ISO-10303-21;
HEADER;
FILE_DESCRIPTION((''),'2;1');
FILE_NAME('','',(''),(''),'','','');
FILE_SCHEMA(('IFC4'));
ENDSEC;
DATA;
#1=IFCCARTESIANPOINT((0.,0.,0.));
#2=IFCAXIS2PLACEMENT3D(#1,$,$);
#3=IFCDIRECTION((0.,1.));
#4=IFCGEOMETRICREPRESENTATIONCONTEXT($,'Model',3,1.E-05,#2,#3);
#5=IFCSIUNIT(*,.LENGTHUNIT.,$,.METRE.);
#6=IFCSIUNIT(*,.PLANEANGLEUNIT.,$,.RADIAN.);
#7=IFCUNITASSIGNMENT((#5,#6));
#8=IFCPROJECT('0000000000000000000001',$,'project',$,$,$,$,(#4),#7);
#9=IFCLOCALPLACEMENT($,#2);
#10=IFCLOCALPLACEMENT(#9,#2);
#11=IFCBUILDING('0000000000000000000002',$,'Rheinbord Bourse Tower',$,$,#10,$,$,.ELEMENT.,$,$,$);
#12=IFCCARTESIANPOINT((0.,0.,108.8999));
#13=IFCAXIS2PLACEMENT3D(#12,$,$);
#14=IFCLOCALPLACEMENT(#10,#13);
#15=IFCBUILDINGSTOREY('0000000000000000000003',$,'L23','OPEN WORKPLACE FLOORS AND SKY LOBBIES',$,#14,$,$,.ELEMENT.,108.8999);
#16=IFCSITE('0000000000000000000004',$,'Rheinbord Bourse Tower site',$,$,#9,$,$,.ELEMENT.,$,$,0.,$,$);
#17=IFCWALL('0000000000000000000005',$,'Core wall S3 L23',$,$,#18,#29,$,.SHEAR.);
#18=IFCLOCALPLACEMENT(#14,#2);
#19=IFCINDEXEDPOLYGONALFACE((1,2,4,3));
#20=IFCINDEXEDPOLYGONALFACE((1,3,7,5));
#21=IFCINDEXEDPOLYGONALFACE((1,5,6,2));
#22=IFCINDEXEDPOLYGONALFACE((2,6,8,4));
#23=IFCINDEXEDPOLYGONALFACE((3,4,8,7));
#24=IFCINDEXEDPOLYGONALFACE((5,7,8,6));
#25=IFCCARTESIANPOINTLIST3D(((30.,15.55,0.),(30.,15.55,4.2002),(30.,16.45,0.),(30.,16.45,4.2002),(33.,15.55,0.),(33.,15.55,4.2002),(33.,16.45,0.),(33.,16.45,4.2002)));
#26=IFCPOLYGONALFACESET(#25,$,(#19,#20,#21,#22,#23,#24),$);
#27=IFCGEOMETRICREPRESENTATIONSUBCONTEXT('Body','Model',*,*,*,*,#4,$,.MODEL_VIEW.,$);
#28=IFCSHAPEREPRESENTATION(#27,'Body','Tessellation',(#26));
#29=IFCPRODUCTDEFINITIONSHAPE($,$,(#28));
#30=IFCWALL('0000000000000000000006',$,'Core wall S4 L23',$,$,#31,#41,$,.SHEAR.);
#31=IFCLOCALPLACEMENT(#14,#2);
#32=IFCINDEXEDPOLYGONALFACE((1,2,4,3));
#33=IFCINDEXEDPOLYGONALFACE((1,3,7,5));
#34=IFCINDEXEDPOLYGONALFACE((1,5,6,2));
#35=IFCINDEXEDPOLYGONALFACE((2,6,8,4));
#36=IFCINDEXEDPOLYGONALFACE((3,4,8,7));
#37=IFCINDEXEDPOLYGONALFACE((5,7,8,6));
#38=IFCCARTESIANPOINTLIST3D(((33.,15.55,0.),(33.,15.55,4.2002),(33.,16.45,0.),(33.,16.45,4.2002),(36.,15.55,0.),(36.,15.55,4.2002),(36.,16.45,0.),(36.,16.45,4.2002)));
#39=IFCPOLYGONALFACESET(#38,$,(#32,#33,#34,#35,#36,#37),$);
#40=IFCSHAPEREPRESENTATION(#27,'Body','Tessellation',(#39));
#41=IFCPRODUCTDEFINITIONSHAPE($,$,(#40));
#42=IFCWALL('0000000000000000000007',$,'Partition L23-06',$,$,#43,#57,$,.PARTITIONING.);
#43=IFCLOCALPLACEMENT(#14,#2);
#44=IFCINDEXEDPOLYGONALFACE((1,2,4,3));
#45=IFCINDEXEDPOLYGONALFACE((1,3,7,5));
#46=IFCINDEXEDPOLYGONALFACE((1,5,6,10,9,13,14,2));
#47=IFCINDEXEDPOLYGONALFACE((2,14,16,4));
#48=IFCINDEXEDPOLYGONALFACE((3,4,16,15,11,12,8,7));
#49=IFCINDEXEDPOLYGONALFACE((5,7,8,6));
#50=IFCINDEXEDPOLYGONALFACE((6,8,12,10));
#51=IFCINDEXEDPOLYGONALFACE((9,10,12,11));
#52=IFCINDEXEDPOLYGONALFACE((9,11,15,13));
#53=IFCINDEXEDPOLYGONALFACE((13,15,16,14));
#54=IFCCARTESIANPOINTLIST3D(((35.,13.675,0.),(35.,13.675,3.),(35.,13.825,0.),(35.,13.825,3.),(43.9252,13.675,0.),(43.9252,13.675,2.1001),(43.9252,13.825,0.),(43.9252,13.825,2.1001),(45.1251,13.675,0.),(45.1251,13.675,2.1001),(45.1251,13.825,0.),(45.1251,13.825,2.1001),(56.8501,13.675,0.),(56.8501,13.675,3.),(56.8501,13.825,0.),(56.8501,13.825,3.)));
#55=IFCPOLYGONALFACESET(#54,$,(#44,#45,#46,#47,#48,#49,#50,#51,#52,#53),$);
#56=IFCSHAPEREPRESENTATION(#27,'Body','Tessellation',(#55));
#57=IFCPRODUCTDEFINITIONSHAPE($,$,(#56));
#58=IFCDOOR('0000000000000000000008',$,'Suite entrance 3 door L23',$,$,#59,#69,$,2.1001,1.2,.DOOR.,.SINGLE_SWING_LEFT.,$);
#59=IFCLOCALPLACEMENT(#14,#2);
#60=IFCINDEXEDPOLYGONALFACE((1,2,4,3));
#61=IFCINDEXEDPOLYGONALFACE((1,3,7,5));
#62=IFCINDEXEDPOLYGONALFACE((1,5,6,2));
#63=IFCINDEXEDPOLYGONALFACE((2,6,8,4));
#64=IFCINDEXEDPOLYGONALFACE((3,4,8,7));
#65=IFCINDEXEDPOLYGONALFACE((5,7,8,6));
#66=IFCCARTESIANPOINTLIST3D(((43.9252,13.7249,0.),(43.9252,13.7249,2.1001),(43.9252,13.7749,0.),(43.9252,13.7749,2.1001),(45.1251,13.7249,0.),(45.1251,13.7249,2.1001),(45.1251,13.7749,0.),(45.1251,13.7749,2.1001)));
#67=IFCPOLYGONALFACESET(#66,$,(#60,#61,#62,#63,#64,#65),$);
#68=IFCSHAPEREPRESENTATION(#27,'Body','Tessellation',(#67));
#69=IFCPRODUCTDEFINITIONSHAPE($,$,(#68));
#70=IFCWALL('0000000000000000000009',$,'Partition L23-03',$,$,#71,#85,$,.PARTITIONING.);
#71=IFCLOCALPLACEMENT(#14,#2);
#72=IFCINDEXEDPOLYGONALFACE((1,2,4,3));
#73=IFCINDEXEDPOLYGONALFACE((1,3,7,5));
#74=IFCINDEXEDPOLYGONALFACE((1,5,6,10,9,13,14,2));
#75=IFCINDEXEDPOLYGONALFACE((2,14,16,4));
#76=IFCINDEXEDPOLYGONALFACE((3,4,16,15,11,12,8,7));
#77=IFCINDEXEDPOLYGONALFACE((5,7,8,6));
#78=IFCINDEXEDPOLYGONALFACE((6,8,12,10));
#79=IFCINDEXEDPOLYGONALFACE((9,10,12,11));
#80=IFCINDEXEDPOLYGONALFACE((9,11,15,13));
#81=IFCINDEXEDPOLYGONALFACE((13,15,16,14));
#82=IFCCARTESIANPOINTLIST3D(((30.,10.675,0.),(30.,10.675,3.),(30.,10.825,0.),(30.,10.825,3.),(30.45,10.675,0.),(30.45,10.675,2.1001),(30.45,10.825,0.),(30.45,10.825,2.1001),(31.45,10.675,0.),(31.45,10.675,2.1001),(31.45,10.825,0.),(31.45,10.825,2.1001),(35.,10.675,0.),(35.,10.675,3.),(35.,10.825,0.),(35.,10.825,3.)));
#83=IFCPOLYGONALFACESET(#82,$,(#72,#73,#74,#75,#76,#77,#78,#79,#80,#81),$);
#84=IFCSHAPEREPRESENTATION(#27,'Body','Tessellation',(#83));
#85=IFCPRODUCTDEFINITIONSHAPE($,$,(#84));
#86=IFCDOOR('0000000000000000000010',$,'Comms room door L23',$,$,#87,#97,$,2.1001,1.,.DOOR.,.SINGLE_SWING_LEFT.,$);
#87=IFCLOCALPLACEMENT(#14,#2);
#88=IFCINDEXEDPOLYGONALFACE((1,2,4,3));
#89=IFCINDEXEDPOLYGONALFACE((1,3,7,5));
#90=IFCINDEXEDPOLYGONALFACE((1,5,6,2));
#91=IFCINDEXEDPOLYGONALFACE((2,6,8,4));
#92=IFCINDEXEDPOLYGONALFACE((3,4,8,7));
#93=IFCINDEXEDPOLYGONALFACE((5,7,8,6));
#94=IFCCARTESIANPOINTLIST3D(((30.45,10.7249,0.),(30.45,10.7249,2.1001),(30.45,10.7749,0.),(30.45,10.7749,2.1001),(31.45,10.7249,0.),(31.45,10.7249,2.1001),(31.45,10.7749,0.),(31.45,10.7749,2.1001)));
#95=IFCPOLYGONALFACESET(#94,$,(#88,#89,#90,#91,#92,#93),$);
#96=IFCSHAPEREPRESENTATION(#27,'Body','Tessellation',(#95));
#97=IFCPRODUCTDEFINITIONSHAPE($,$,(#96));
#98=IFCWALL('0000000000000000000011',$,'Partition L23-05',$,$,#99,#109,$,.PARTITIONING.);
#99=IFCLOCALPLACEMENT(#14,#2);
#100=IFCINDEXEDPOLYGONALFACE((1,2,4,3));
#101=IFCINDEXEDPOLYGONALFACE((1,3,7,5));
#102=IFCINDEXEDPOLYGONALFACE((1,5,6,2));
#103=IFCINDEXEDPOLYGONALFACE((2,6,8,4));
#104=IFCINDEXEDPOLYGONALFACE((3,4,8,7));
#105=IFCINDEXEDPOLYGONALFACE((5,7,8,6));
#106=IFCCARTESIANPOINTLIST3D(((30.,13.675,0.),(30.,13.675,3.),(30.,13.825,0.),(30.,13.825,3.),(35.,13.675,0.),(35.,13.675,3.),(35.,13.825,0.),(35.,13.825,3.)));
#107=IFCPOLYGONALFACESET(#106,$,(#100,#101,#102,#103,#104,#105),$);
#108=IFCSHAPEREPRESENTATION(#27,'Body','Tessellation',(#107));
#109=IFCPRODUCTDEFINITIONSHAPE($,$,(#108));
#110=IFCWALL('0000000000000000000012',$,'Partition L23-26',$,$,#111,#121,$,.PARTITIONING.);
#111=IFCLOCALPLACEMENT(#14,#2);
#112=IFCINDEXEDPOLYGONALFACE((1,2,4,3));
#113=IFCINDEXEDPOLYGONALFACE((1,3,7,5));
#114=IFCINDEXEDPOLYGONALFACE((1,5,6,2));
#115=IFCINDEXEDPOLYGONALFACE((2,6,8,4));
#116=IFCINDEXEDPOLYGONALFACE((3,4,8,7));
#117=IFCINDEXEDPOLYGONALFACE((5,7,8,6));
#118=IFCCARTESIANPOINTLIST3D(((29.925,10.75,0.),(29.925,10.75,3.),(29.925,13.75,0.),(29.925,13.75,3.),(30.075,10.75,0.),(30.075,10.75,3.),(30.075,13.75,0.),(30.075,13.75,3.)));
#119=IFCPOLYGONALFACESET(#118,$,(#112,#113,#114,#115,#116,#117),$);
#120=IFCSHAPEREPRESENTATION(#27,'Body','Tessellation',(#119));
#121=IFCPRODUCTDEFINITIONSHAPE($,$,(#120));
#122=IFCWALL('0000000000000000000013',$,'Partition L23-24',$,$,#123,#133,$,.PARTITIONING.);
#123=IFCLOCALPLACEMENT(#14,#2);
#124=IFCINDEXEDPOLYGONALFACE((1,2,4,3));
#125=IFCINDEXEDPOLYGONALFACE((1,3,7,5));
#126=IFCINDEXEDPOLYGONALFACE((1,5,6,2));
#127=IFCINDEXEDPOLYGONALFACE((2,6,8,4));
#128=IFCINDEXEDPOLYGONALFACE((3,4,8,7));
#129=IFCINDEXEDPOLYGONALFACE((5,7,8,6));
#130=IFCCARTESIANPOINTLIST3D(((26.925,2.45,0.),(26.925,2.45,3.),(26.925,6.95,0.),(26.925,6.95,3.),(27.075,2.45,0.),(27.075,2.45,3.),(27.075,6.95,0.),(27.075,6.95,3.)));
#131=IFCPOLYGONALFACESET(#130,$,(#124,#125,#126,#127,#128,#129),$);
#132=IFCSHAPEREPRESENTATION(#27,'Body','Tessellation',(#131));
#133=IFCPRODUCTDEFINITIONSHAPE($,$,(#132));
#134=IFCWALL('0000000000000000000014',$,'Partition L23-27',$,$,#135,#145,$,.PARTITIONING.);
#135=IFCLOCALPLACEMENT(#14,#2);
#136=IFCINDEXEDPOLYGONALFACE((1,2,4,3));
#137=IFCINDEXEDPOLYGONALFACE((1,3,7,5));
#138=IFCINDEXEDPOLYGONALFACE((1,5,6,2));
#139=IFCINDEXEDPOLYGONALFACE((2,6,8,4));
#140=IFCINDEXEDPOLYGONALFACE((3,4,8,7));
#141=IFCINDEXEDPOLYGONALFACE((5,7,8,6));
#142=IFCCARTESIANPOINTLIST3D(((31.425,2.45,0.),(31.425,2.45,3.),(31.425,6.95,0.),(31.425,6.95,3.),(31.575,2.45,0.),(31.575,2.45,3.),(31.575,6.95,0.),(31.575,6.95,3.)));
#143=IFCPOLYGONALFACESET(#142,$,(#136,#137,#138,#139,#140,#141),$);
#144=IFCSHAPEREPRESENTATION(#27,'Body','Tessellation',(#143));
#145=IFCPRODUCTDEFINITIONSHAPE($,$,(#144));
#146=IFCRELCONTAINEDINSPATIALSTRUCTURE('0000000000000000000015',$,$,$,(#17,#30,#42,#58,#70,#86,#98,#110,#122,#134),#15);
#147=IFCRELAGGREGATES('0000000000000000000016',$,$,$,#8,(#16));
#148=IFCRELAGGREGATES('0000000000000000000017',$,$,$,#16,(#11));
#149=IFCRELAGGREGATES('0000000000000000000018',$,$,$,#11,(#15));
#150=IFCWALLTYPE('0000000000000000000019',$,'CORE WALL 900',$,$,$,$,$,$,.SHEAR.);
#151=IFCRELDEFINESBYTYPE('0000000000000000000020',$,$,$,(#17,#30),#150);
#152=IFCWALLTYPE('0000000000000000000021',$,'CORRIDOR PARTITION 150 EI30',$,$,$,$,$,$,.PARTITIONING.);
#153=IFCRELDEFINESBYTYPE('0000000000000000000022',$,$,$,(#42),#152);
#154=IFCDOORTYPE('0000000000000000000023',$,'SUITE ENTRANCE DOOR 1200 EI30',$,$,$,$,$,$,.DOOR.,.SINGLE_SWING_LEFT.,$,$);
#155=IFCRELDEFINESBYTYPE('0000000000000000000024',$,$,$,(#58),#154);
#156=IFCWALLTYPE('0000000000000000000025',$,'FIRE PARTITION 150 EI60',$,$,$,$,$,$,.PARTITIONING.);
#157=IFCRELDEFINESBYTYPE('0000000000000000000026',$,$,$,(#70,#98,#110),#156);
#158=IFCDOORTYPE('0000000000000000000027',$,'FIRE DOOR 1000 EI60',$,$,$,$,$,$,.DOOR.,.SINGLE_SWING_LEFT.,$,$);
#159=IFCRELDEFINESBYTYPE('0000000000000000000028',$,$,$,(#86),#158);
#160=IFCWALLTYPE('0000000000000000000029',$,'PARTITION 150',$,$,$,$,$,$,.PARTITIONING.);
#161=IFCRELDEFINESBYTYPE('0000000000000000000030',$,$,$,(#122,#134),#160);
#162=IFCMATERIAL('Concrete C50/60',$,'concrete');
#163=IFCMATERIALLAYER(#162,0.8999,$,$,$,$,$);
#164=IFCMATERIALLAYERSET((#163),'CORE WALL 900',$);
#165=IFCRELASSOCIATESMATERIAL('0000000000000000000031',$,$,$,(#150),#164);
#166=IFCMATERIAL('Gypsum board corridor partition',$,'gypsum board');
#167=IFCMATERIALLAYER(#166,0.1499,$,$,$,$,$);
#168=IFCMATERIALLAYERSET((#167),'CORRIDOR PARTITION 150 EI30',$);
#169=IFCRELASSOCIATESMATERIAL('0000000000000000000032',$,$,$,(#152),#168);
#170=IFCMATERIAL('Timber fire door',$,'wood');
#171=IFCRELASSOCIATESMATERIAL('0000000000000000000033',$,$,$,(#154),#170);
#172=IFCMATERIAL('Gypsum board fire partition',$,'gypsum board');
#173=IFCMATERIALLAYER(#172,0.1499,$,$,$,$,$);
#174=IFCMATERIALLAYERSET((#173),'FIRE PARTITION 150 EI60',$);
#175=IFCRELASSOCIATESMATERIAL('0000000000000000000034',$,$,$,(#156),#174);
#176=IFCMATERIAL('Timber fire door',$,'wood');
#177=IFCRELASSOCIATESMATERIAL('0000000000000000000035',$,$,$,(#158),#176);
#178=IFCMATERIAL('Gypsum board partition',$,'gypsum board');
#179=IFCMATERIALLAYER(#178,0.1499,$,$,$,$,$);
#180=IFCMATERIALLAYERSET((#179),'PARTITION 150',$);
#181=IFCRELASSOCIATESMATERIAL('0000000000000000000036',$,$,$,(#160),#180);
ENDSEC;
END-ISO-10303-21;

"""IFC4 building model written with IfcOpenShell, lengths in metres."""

from ifc_helpers import new_model, si_unit, direction, frame, frame_2d, origin, place, context, subcontext, project, spatial, rectangle, extrude, material, layer, layer_set, type_object, element, fill, save


model = new_model("IFC4")

# Units and contexts
model_context = context("Model", 3, precision=1e-05, world=origin(), true_north=direction((0.0, 1.0)))
body_context = subcontext(model_context, "Body", "Model", "MODEL_VIEW")
ifc_project = project(units=[si_unit("LENGTHUNIT", "METRE"), si_unit("PLANEANGLEUNIT", "RADIAN")], contexts=[model_context])

# Site, building, storey
site_placement = place(None, origin())
site = spatial("IfcSite", under=ifc_project, at=site_placement, Name="Rheinbord Bourse Tower site", CompositionType="ELEMENT", RefElevation=0.0)
building_placement = place(site_placement, origin())
building = spatial("IfcBuilding", under=site, at=building_placement, Name="Rheinbord Bourse Tower", CompositionType="ELEMENT")
storey_placement = place(building_placement, frame((0.0, 0.0, 108.8999)))
storey = spatial("IfcBuildingStorey", under=building, at=storey_placement, Name="L23", Description="OPEN WORKPLACE FLOORS AND SKY LOBBIES", CompositionType="ELEMENT", Elevation=108.8999)

# Walls
ifc_material_1 = material(Name="Concrete C50/60", Category="concrete")
ifc_layer_1 = layer(ifc_material_1, 0.8999)
ifc_layer_set_1 = layer_set([ifc_layer_1], Name="CORE WALL 900")
wall_type_1 = type_object("IfcWallType", Name="CORE WALL 900", PredefinedType="SHEAR", material=ifc_layer_set_1)
for number, where, z_axis, x_axis, name in (
    (1, (30.0, 16.0, 0.0), (0.0, 0.0, 1.0), (1.0, 0.0, 0.0), "Core wall S3 L23"),
    (2, (33.0, 16.0, 0.0), (0.0, 0.0, 1.0), (1.0, 0.0, 0.0), "Core wall S4 L23"),
):
    element("IfcWall", number, at=place(storey_placement, frame(where, z_axis=z_axis, x_axis=x_axis)), inside=storey, type_object=wall_type_1, Name=name, PredefinedType="SHEAR", context=body_context, shape_type="SweptSolid", body=[
        extrude(rectangle(XDim=3.0, YDim=0.8999, at=frame_2d((1.5, 0.0))), origin(), (0.0, 0.0, 1.0), 4.2002),
    ])

# Walls, openings, doors
ifc_material_2 = material(Name="Gypsum board corridor partition", Category="gypsum board")
ifc_layer_2 = layer(ifc_material_2, 0.1499)
ifc_layer_set_2 = layer_set([ifc_layer_2], Name="CORRIDOR PARTITION 150 EI30")
wall_type_2 = type_object("IfcWallType", Name="CORRIDOR PARTITION 150 EI30", PredefinedType="PARTITIONING", material=ifc_layer_set_2)
wall_1_placement = place(storey_placement, frame((35.0, 13.75, 0.0), z_axis=(0.0, 0.0, 1.0), x_axis=(1.0, 0.0, 0.0)))
wall_1 = element("IfcWall", 3, at=wall_1_placement, inside=storey, type_object=wall_type_2, Name="Partition L23-06", PredefinedType="PARTITIONING", context=body_context, shape_type="SweptSolid", body=[
    extrude(rectangle(XDim=21.8501, YDim=0.1499, at=frame_2d((10.925, 0.0))), origin(), (0.0, 0.0, 1.0), 3.0),
])
opening_1_placement = place(wall_1_placement, frame((8.925, 0.0, 0.0)))
opening_1 = element("IfcOpeningElement", 4, at=opening_1_placement, cuts=wall_1, PredefinedType="OPENING", context=body_context, shape_type="SweptSolid", body=[
    extrude(rectangle(XDim=1.2, YDim=2.1001, at=frame_2d((0.6001, 1.05))), frame((0.0, 0.085, 0.0), z_axis=(0.0, -1.0, 0.0), x_axis=(1.0, 0.0, 0.0)), (0.0, 0.0, 1.0), 0.1699),
])
ifc_material_3 = material(Name="Timber fire door", Category="wood")
door_type_1 = type_object("IfcDoorType", Name="SUITE ENTRANCE DOOR 1200 EI30", OperationType="SINGLE_SWING_LEFT", PredefinedType="DOOR", material=ifc_material_3)
door_1_placement = place(opening_1_placement, origin())
door_1 = element("IfcDoor", 5, at=door_1_placement, inside=storey, type_object=door_type_1, Name="Suite entrance 3 door L23", OperationType="SINGLE_SWING_LEFT", OverallHeight=2.1001, OverallWidth=1.2, PredefinedType="DOOR", context=body_context, shape_type="SweptSolid", body=[
    extrude(rectangle(XDim=1.2, YDim=2.1001, at=frame_2d((0.6001, 1.05))), frame((0.0, 0.0249, 0.0), z_axis=(0.0, -1.0, 0.0), x_axis=(1.0, 0.0, 0.0)), (0.0, 0.0, 1.0), 0.05),
])
fill(opening_1, door_1)
ifc_material_4 = material(Name="Gypsum board fire partition", Category="gypsum board")
ifc_layer_3 = layer(ifc_material_4, 0.1499)
ifc_layer_set_3 = layer_set([ifc_layer_3], Name="FIRE PARTITION 150 EI60")
wall_type_3 = type_object("IfcWallType", Name="FIRE PARTITION 150 EI60", PredefinedType="PARTITIONING", material=ifc_layer_set_3)
wall_2_placement = place(storey_placement, frame((30.0, 10.75, 0.0), z_axis=(0.0, 0.0, 1.0), x_axis=(1.0, 0.0, 0.0)))
wall_2 = element("IfcWall", 6, at=wall_2_placement, inside=storey, type_object=wall_type_3, Name="Partition L23-03", PredefinedType="PARTITIONING", context=body_context, shape_type="SweptSolid", body=[
    extrude(rectangle(XDim=5.0, YDim=0.1499, at=frame_2d((2.5, 0.0))), origin(), (0.0, 0.0, 1.0), 3.0),
])
opening_2_placement = place(wall_2_placement, frame((0.45, 0.0, 0.0)))
opening_2 = element("IfcOpeningElement", 7, at=opening_2_placement, cuts=wall_2, PredefinedType="OPENING", context=body_context, shape_type="SweptSolid", body=[
    extrude(rectangle(XDim=1.0, YDim=2.1001, at=frame_2d((0.5, 1.05))), frame((0.0, 0.085, 0.0), z_axis=(0.0, -1.0, 0.0), x_axis=(1.0, 0.0, 0.0)), (0.0, 0.0, 1.0), 0.1699),
])
ifc_material_5 = material(Name="Timber fire door", Category="wood")
door_type_2 = type_object("IfcDoorType", Name="FIRE DOOR 1000 EI60", OperationType="SINGLE_SWING_LEFT", PredefinedType="DOOR", material=ifc_material_5)
door_2_placement = place(opening_2_placement, origin())
door_2 = element("IfcDoor", 8, at=door_2_placement, inside=storey, type_object=door_type_2, Name="Comms room door L23", OperationType="SINGLE_SWING_LEFT", OverallHeight=2.1001, OverallWidth=1.0, PredefinedType="DOOR", context=body_context, shape_type="SweptSolid", body=[
    extrude(rectangle(XDim=1.0, YDim=2.1001, at=frame_2d((0.5, 1.05))), frame((0.0, 0.0249, 0.0), z_axis=(0.0, -1.0, 0.0), x_axis=(1.0, 0.0, 0.0)), (0.0, 0.0, 1.0), 0.05),
])
fill(opening_2, door_2)

# Walls
wall_3_placement = place(storey_placement, frame((30.0, 13.75, 0.0), z_axis=(0.0, 0.0, 1.0), x_axis=(1.0, 0.0, 0.0)))
element("IfcWall", 9, at=wall_3_placement, inside=storey, type_object=wall_type_3, Name="Partition L23-05", PredefinedType="PARTITIONING", context=body_context, shape_type="SweptSolid", body=[
    extrude(rectangle(XDim=5.0, YDim=0.1499, at=frame_2d((2.5, 0.0))), origin(), (0.0, 0.0, 1.0), 3.0),
])
wall_4_placement = place(storey_placement, frame((30.0, 10.75, 0.0), z_axis=(0.0, 0.0, 1.0), x_axis=(0.0, 1.0, 0.0)))
element("IfcWall", 10, at=wall_4_placement, inside=storey, type_object=wall_type_3, Name="Partition L23-26", PredefinedType="PARTITIONING", context=body_context, shape_type="SweptSolid", body=[
    extrude(rectangle(XDim=3.0, YDim=0.1499, at=frame_2d((1.5, 0.0))), origin(), (0.0, 0.0, 1.0), 3.0),
])
ifc_material_6 = material(Name="Gypsum board partition", Category="gypsum board")
ifc_layer_4 = layer(ifc_material_6, 0.1499)
ifc_layer_set_4 = layer_set([ifc_layer_4], Name="PARTITION 150")
wall_type_4 = type_object("IfcWallType", Name="PARTITION 150", PredefinedType="PARTITIONING", material=ifc_layer_set_4)
for number, where, z_axis, x_axis, name in (
    (11, (27.0, 2.45, 0.0), (0.0, 0.0, 1.0), (0.0, 1.0, 0.0), "Partition L23-24"),
    (12, (31.5, 2.45, 0.0), (0.0, 0.0, 1.0), (0.0, 1.0, 0.0), "Partition L23-27"),
):
    element("IfcWall", number, at=place(storey_placement, frame(where, z_axis=z_axis, x_axis=x_axis)), inside=storey, type_object=wall_type_4, Name=name, PredefinedType="PARTITIONING", context=body_context, shape_type="SweptSolid", body=[
        extrude(rectangle(XDim=4.5, YDim=0.1499, at=frame_2d((2.25, 0.0))), origin(), (0.0, 0.0, 1.0), 3.0),
    ])

save(model, "model.ifc")
